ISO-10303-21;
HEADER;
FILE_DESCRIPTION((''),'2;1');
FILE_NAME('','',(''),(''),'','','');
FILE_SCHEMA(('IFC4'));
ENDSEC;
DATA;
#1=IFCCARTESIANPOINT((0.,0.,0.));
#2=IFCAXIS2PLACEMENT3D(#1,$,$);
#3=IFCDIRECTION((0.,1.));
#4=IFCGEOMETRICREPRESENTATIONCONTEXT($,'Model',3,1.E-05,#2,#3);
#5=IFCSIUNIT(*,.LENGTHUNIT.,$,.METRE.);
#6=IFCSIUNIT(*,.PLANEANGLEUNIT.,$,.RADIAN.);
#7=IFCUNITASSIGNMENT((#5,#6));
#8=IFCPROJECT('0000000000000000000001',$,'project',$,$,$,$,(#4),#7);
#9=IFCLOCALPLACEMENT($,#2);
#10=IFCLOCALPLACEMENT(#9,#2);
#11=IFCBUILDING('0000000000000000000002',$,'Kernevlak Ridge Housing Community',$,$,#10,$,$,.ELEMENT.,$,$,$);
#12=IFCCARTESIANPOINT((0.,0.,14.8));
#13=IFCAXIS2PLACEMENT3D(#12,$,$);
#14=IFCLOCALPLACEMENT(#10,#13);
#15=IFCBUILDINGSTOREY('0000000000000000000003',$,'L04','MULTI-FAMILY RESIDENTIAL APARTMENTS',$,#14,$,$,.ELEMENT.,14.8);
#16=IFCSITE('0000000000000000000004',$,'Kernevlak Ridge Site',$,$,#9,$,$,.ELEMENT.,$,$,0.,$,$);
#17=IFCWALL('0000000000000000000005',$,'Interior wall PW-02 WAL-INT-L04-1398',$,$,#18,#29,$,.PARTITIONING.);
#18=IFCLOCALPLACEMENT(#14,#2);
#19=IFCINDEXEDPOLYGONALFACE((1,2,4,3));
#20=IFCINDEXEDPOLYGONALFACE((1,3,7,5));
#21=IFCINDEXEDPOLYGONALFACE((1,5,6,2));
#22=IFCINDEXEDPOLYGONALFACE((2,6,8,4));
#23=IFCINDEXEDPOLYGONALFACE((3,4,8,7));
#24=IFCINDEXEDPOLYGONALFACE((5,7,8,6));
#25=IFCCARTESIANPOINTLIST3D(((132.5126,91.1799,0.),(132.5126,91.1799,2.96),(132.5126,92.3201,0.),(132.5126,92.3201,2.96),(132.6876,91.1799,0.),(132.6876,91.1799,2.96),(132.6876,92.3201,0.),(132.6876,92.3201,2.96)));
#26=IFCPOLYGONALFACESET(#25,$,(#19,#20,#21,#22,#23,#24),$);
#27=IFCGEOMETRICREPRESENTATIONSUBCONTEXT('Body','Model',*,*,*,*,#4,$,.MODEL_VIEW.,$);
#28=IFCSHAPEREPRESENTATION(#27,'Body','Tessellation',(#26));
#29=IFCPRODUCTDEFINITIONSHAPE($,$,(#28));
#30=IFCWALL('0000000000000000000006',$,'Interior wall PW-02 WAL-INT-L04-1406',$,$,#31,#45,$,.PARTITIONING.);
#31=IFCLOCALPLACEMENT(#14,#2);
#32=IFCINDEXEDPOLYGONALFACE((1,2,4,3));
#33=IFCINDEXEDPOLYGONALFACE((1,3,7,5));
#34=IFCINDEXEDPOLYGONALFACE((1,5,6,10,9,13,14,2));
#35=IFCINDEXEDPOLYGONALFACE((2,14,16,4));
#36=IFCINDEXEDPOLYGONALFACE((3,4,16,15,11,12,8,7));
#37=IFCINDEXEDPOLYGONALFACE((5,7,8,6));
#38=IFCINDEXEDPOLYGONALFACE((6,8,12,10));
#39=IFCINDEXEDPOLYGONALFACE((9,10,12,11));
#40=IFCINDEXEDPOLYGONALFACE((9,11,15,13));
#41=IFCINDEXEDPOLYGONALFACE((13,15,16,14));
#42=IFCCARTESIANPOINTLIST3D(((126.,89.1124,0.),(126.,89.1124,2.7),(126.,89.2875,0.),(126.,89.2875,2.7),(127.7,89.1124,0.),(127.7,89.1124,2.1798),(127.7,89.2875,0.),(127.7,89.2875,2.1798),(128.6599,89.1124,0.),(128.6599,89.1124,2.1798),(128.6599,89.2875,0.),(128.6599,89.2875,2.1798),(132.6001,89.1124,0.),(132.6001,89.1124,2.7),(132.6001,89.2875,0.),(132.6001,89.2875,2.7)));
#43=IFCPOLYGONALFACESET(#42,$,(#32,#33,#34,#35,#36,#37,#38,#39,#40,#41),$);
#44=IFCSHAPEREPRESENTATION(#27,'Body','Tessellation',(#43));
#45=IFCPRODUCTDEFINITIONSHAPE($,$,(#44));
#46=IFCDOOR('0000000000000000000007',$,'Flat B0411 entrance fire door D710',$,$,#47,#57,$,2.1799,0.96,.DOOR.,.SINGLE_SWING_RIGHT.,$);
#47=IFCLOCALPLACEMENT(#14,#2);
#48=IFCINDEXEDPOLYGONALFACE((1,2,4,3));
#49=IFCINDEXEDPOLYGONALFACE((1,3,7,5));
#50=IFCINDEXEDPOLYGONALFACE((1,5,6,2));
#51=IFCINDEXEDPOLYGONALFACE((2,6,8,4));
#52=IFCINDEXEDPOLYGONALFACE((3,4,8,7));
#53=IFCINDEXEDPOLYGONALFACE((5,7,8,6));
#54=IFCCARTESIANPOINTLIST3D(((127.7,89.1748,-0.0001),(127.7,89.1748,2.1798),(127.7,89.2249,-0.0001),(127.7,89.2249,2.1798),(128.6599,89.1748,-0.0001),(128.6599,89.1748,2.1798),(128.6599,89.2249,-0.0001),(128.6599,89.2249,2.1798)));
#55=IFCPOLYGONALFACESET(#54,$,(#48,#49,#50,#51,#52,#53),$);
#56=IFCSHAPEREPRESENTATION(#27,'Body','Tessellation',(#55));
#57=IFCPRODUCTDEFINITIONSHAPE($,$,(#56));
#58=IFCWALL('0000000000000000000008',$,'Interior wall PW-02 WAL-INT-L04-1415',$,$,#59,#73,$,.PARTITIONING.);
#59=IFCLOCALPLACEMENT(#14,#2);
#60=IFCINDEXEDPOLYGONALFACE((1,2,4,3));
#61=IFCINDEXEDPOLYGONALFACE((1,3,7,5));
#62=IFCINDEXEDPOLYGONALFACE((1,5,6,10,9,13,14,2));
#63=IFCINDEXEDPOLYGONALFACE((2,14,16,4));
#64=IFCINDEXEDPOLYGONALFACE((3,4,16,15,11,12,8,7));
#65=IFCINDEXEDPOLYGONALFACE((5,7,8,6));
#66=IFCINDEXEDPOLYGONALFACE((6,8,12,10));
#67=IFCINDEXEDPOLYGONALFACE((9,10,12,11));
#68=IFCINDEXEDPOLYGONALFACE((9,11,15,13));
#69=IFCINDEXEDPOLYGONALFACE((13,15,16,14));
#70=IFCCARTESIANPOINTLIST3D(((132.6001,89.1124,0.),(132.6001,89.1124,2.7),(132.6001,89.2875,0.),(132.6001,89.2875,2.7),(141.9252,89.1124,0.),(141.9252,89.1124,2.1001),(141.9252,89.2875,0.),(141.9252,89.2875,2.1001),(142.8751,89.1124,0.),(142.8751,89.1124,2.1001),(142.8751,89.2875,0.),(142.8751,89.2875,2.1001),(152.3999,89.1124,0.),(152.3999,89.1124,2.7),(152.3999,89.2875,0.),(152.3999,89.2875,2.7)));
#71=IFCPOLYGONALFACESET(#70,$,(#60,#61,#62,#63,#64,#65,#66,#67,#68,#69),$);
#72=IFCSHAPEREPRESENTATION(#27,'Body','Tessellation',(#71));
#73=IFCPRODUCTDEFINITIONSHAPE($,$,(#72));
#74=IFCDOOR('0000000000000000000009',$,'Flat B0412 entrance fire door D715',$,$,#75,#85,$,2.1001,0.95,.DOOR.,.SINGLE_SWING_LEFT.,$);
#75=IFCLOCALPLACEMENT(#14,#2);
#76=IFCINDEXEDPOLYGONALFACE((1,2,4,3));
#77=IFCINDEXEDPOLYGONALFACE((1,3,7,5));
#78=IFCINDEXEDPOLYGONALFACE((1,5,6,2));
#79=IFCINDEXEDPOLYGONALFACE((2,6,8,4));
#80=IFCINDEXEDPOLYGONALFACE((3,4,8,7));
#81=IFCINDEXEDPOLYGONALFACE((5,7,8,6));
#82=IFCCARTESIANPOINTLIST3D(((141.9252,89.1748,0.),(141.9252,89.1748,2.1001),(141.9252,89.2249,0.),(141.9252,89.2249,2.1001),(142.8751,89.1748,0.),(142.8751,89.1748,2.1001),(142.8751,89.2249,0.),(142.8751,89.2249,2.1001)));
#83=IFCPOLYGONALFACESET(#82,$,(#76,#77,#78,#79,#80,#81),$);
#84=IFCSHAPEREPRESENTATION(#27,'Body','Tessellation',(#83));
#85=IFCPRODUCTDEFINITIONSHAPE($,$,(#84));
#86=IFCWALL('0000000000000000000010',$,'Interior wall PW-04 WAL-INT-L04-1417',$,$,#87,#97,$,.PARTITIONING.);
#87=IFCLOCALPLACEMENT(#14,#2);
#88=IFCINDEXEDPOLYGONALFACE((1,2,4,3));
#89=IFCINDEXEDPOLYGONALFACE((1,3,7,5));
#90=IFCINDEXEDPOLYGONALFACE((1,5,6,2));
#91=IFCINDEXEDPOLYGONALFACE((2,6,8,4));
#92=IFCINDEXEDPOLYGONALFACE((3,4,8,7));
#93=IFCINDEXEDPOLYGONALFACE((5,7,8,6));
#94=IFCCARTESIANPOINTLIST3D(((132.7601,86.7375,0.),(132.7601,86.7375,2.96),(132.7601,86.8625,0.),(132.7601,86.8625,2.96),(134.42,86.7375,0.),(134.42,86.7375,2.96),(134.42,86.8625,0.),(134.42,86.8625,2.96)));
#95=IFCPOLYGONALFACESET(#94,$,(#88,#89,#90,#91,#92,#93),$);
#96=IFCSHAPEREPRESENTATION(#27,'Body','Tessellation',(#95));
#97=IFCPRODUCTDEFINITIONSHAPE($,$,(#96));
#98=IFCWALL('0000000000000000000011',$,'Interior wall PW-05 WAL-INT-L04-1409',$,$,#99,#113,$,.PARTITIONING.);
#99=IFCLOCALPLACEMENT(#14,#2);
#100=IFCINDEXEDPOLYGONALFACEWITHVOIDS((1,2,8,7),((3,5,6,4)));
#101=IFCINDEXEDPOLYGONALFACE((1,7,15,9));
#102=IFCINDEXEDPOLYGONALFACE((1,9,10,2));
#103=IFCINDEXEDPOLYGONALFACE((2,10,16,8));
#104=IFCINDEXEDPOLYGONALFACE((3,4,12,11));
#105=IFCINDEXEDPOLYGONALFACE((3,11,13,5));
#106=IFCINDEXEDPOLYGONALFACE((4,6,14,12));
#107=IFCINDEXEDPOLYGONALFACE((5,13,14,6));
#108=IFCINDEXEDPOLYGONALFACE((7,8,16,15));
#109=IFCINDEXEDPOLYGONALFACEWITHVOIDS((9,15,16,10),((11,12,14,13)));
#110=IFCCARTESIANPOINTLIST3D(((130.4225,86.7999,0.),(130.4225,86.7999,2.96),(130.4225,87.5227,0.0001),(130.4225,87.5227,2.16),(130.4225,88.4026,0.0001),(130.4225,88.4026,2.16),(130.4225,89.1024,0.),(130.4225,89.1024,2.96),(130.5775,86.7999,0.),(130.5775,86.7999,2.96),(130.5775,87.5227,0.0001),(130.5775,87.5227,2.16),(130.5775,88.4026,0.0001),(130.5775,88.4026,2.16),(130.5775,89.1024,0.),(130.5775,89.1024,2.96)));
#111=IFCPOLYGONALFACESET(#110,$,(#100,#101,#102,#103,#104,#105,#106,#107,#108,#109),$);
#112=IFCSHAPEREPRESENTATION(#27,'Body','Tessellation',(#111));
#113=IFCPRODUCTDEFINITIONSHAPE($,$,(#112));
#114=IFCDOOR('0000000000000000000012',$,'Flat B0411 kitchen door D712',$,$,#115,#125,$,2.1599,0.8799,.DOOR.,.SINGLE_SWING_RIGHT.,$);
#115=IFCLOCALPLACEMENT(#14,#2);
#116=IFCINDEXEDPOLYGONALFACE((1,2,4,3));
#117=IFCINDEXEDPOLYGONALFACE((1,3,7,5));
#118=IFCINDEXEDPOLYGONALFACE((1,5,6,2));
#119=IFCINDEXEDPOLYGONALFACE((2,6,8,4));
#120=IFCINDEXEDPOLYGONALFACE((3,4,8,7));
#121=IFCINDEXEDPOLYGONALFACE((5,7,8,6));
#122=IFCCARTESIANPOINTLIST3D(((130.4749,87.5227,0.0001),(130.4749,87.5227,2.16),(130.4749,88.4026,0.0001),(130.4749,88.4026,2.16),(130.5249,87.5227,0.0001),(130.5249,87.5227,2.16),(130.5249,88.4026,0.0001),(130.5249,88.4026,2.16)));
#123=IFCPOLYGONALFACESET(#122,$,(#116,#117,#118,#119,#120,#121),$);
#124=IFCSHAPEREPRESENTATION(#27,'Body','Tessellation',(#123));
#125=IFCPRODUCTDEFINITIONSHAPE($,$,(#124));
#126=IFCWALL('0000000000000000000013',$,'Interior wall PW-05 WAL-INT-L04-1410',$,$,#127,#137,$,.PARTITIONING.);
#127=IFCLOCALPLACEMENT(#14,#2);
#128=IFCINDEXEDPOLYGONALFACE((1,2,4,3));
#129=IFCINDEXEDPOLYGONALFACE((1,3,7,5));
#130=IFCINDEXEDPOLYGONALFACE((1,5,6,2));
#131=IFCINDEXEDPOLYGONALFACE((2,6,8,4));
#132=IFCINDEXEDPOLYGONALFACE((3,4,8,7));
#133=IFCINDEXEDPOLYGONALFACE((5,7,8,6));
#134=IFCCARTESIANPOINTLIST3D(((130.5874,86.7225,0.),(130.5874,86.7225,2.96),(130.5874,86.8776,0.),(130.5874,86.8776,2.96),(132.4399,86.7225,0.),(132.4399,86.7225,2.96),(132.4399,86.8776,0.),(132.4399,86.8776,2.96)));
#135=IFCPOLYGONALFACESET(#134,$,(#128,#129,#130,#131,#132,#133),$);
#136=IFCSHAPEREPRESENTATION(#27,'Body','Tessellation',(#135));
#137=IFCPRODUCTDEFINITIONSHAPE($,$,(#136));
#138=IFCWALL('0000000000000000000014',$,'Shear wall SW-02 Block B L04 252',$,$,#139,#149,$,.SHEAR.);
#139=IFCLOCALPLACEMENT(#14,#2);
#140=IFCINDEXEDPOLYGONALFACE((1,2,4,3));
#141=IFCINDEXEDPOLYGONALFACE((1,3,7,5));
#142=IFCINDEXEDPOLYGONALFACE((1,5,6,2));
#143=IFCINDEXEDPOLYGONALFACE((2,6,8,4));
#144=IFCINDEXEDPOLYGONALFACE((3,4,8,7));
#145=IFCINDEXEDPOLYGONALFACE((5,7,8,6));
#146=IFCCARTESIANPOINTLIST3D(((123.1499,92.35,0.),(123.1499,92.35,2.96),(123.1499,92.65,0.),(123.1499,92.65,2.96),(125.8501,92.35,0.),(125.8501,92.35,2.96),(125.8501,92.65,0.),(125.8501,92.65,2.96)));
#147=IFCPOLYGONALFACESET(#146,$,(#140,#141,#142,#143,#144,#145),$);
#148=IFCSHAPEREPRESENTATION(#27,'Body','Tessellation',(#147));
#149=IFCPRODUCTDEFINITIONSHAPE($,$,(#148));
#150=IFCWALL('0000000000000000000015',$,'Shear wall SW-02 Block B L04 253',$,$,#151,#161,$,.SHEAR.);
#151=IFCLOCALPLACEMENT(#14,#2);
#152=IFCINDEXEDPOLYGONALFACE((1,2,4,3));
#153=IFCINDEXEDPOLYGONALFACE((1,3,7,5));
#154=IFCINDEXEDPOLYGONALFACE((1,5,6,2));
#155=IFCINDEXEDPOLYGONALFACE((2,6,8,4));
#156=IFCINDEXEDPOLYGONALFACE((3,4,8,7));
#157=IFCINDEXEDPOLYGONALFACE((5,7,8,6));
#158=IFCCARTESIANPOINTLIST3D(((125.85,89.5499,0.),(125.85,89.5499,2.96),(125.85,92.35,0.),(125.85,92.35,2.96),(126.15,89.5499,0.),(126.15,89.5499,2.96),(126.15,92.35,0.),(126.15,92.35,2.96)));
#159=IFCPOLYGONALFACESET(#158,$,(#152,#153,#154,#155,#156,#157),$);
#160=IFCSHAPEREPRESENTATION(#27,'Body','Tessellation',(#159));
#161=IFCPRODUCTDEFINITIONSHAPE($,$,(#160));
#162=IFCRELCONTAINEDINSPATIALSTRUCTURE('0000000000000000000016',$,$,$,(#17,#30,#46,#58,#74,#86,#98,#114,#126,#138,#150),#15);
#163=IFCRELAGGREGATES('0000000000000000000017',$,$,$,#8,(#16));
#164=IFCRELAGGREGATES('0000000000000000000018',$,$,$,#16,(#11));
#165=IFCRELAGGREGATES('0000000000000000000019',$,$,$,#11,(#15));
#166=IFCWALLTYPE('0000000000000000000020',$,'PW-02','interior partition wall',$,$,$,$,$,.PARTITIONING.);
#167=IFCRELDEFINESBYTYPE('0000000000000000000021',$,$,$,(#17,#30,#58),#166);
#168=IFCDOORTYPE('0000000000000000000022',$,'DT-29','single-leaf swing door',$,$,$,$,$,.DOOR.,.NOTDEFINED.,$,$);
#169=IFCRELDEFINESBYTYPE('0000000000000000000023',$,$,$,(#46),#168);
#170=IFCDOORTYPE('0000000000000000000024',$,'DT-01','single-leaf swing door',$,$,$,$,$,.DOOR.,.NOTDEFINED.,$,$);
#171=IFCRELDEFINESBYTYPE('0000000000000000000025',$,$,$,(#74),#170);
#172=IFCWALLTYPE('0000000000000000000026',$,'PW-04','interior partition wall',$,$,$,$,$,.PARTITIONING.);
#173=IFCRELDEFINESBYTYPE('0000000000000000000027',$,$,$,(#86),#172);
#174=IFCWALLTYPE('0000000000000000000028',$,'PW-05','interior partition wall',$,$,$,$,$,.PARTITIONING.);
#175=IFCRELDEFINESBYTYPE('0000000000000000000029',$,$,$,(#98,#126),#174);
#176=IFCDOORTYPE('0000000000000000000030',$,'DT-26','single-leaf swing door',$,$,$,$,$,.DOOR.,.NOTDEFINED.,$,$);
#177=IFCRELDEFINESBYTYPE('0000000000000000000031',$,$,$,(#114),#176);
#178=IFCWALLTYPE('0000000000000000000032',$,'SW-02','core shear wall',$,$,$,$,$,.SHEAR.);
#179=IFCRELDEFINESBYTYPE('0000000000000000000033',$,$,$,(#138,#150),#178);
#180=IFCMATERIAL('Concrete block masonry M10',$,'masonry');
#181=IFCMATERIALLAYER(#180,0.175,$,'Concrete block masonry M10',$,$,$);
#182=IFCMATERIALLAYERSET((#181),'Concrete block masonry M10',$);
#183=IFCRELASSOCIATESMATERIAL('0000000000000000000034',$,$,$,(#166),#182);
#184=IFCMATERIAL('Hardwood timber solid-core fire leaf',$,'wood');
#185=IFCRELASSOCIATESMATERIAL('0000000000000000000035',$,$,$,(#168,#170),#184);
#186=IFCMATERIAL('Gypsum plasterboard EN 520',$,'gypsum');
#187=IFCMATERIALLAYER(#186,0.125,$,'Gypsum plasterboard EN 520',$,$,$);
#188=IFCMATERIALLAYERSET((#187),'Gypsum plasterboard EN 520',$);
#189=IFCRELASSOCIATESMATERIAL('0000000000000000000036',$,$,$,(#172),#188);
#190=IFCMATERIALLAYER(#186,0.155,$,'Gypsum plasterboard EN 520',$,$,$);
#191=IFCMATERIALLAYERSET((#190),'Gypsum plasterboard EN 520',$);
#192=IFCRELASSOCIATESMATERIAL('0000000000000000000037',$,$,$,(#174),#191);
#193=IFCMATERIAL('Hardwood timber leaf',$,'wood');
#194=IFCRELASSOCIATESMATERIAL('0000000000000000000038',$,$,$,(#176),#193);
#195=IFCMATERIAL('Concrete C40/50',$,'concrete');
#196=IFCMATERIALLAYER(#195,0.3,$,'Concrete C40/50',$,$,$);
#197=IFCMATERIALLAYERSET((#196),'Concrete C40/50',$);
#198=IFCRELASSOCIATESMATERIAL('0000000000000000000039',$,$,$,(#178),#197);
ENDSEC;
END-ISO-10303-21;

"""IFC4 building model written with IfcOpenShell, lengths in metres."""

from ifc_helpers import new_model, si_unit, direction, frame, frame_2d, origin, place, context, subcontext, project, spatial, rectangle, extrude, material, layer, layer_set, type_object, element, fill, save


model = new_model("IFC4")

# Units and contexts
model_context = context("Model", 3, precision=1e-05, world=origin(), true_north=direction((0.0, 1.0)))
body_context = subcontext(model_context, "Body", "Model", "MODEL_VIEW")
ifc_project = project(units=[si_unit("LENGTHUNIT", "METRE"), si_unit("PLANEANGLEUNIT", "RADIAN")], contexts=[model_context])

# Site, building, storey
site_placement = place(None, origin())
site = spatial("IfcSite", under=ifc_project, at=site_placement, Name="Kernevlak Ridge Site", CompositionType="ELEMENT", RefElevation=0.0)
building_placement = place(site_placement, origin())
building = spatial("IfcBuilding", under=site, at=building_placement, Name="Kernevlak Ridge Housing Community", CompositionType="ELEMENT")
storey_placement = place(building_placement, frame((0.0, 0.0, 14.8)))
storey = spatial("IfcBuildingStorey", under=building, at=storey_placement, Name="L04", Description="MULTI-FAMILY RESIDENTIAL APARTMENTS", CompositionType="ELEMENT", Elevation=14.8)

# Shared definitions
ifc_material_1 = material(Name="Concrete C40/50", Category="concrete")

# Shared definitions
ifc_material_2 = material(Name="Concrete block masonry M10", Category="masonry")
ifc_layer_1 = layer(ifc_material_2, 0.175, Name="Concrete block masonry M10")
ifc_layer_set_1 = layer_set([ifc_layer_1], Name="Concrete block masonry M10")
wall_type_1 = type_object("IfcWallType", Name="PW-02", Description="interior partition wall", PredefinedType="PARTITIONING", material=ifc_layer_set_1)

# Wall
wall_1_placement = place(storey_placement, frame((132.6001, 91.1799, 0.0), z_axis=(0.0, 0.0, 1.0), x_axis=(0.0, 1.0, 0.0)))
element("IfcWall", 1, at=wall_1_placement, inside=storey, type_object=wall_type_1, Name="Interior wall PW-02 WAL-INT-L04-1398", PredefinedType="PARTITIONING", context=body_context, shape_type="SweptSolid", body=[
    extrude(rectangle(XDim=1.1401, YDim=0.175, at=frame_2d((0.5701, 0.0))), origin(), (0.0, 0.0, 1.0), 2.96),
])

# Walls, openings, doors
wall_2_placement = place(storey_placement, frame((126.0, 89.2, 0.0), z_axis=(0.0, 0.0, 1.0), x_axis=(1.0, 0.0, 0.0)))
wall_2 = element("IfcWall", 2, at=wall_2_placement, inside=storey, type_object=wall_type_1, Name="Interior wall PW-02 WAL-INT-L04-1406", PredefinedType="PARTITIONING", context=body_context, shape_type="SweptSolid", body=[
    extrude(rectangle(XDim=6.6001, YDim=0.175, at=frame_2d((3.3, 0.0))), origin(), (0.0, 0.0, 1.0), 2.7),
])
opening_1_placement = place(wall_2_placement, frame((1.7, 0.0, 0.0)))
opening_1 = element("IfcOpeningElement", 3, at=opening_1_placement, cuts=wall_2, PredefinedType="OPENING", context=body_context, shape_type="SweptSolid", body=[
    extrude(rectangle(XDim=0.96, YDim=2.1799, at=frame_2d((0.48, 1.0898))), frame((0.0, 0.0974, 0.0), z_axis=(0.0, -1.0, 0.0), x_axis=(1.0, 0.0, 0.0)), (0.0, 0.0, 1.0), 0.1951),
])
ifc_material_3 = material(Name="Hardwood timber solid-core fire leaf", Category="wood")
door_type_1 = type_object("IfcDoorType", Name="DT-29", Description="single-leaf swing door", OperationType="NOTDEFINED", PredefinedType="DOOR", material=ifc_material_3)
door_1_placement = place(opening_1_placement, origin())
door_1 = element("IfcDoor", 4, at=door_1_placement, inside=storey, type_object=door_type_1, Name="Flat B0411 entrance fire door D710", OperationType="SINGLE_SWING_RIGHT", OverallHeight=2.1799, OverallWidth=0.96, PredefinedType="DOOR", context=body_context, shape_type="SweptSolid", body=[
    extrude(rectangle(XDim=0.96, YDim=2.1799, at=frame_2d((0.48, 1.0898))), frame((0.0, 0.0249, 0.0), z_axis=(0.0, -1.0, 0.0), x_axis=(1.0, 0.0, 0.0)), (0.0, 0.0, 1.0), 0.05),
])
fill(opening_1, door_1)
wall_3_placement = place(storey_placement, frame((132.6001, 89.2, 0.0), z_axis=(0.0, 0.0, 1.0), x_axis=(1.0, 0.0, 0.0)))
wall_3 = element("IfcWall", 5, at=wall_3_placement, inside=storey, type_object=wall_type_1, Name="Interior wall PW-02 WAL-INT-L04-1415", PredefinedType="PARTITIONING", context=body_context, shape_type="SweptSolid", body=[
    extrude(rectangle(XDim=19.7998, YDim=0.175, at=frame_2d((9.8999, 0.0))), origin(), (0.0, 0.0, 1.0), 2.7),
])
opening_2_placement = place(wall_3_placement, frame((9.325, 0.0, 0.0)))
opening_2 = element("IfcOpeningElement", 6, at=opening_2_placement, cuts=wall_3, PredefinedType="OPENING", context=body_context, shape_type="SweptSolid", body=[
    extrude(rectangle(XDim=0.95, YDim=2.1001, at=frame_2d((0.4751, 1.05))), frame((0.0, 0.0974, 0.0), z_axis=(0.0, -1.0, 0.0), x_axis=(1.0, 0.0, 0.0)), (0.0, 0.0, 1.0), 0.1951),
])
door_type_2 = type_object("IfcDoorType", Name="DT-01", Description="single-leaf swing door", OperationType="NOTDEFINED", PredefinedType="DOOR", material=ifc_material_3)
door_2_placement = place(opening_2_placement, origin())
door_2 = element("IfcDoor", 7, at=door_2_placement, inside=storey, type_object=door_type_2, Name="Flat B0412 entrance fire door D715", OperationType="SINGLE_SWING_LEFT", OverallHeight=2.1001, OverallWidth=0.95, PredefinedType="DOOR", context=body_context, shape_type="SweptSolid", body=[
    extrude(rectangle(XDim=0.95, YDim=2.1001, at=frame_2d((0.4751, 1.05))), frame((0.0, 0.0249, 0.0), z_axis=(0.0, -1.0, 0.0), x_axis=(1.0, 0.0, 0.0)), (0.0, 0.0, 1.0), 0.05),
])
fill(opening_2, door_2)

# Wall
ifc_material_4 = material(Name="Gypsum plasterboard EN 520", Category="gypsum")
ifc_layer_2 = layer(ifc_material_4, 0.125, Name="Gypsum plasterboard EN 520")
ifc_layer_set_2 = layer_set([ifc_layer_2], Name="Gypsum plasterboard EN 520")
wall_type_2 = type_object("IfcWallType", Name="PW-04", Description="interior partition wall", PredefinedType="PARTITIONING", material=ifc_layer_set_2)
wall_4_placement = place(storey_placement, frame((132.76, 86.8, 0.0), z_axis=(0.0, 0.0, 1.0), x_axis=(1.0, 0.0, 0.0)))
element("IfcWall", 8, at=wall_4_placement, inside=storey, type_object=wall_type_2, Name="Interior wall PW-04 WAL-INT-L04-1417", PredefinedType="PARTITIONING", context=body_context, shape_type="SweptSolid", body=[
    extrude(rectangle(XDim=1.6599, YDim=0.125, at=frame_2d((0.8301, 0.0))), origin(), (0.0, 0.0, 1.0), 2.96),
])

# Wall, opening, door
ifc_layer_3 = layer(ifc_material_4, 0.155, Name="Gypsum plasterboard EN 520")
ifc_layer_set_3 = layer_set([ifc_layer_3], Name="Gypsum plasterboard EN 520")
wall_type_3 = type_object("IfcWallType", Name="PW-05", Description="interior partition wall", PredefinedType="PARTITIONING", material=ifc_layer_set_3)
wall_5_placement = place(storey_placement, frame((130.5, 89.1025, 0.0), z_axis=(0.0, 0.0, 1.0), x_axis=(0.0, -1.0, 0.0)))
wall_5 = element("IfcWall", 9, at=wall_5_placement, inside=storey, type_object=wall_type_3, Name="Interior wall PW-05 WAL-INT-L04-1409", PredefinedType="PARTITIONING", context=body_context, shape_type="SweptSolid", body=[
    extrude(rectangle(XDim=2.3025, YDim=0.155, at=frame_2d((1.1514, 0.0))), origin(), (0.0, 0.0, 1.0), 2.96),
])
opening_3_placement = place(wall_5_placement, frame((0.7, 0.0, 0.0)))
opening_3 = element("IfcOpeningElement", 10, at=opening_3_placement, cuts=wall_5, PredefinedType="OPENING", context=body_context, shape_type="SweptSolid", body=[
    extrude(rectangle(XDim=0.8799, YDim=2.1599, at=frame_2d((0.4399, 1.0801))), frame((0.0, 0.0874, 0.0), z_axis=(0.0, -1.0, 0.0), x_axis=(1.0, 0.0, 0.0)), (0.0, 0.0, 1.0), 0.175),
])
ifc_material_5 = material(Name="Hardwood timber leaf", Category="wood")
door_type_3 = type_object("IfcDoorType", Name="DT-26", Description="single-leaf swing door", OperationType="NOTDEFINED", PredefinedType="DOOR", material=ifc_material_5)
door_3_placement = place(opening_3_placement, origin())
door_3 = element("IfcDoor", 11, at=door_3_placement, inside=storey, type_object=door_type_3, Name="Flat B0411 kitchen door D712", OperationType="SINGLE_SWING_RIGHT", OverallHeight=2.1599, OverallWidth=0.8799, PredefinedType="DOOR", context=body_context, shape_type="SweptSolid", body=[
    extrude(rectangle(XDim=0.8799, YDim=2.1599, at=frame_2d((0.4399, 1.0801))), frame((0.0, 0.0249, 0.0), z_axis=(0.0, -1.0, 0.0), x_axis=(1.0, 0.0, 0.0)), (0.0, 0.0, 1.0), 0.05),
])
fill(opening_3, door_3)

# Walls
wall_6_placement = place(storey_placement, frame((130.5874, 86.8, 0.0), z_axis=(0.0, 0.0, 1.0), x_axis=(1.0, 0.0, 0.0)))
element("IfcWall", 12, at=wall_6_placement, inside=storey, type_object=wall_type_3, Name="Interior wall PW-05 WAL-INT-L04-1410", PredefinedType="PARTITIONING", context=body_context, shape_type="SweptSolid", body=[
    extrude(rectangle(XDim=1.8525, YDim=0.155, at=frame_2d((0.9263, 0.0))), origin(), (0.0, 0.0, 1.0), 2.96),
])
ifc_layer_4 = layer(ifc_material_1, 0.3, Name="Concrete C40/50")
ifc_layer_set_4 = layer_set([ifc_layer_4], Name="Concrete C40/50")
wall_type_4 = type_object("IfcWallType", Name="SW-02", Description="core shear wall", PredefinedType="SHEAR", material=ifc_layer_set_4)
wall_7_placement = place(storey_placement, frame((123.1499, 92.5, 0.0), z_axis=(0.0, 0.0, 1.0), x_axis=(1.0, 0.0, 0.0)))
element("IfcWall", 13, at=wall_7_placement, inside=storey, type_object=wall_type_4, Name="Shear wall SW-02 Block B L04 252", PredefinedType="SHEAR", context=body_context, shape_type="SweptSolid", body=[
    extrude(rectangle(XDim=2.7002, YDim=0.3, at=frame_2d((1.3501, 0.0))), origin(), (0.0, 0.0, 1.0), 2.96),
])
wall_8_placement = place(storey_placement, frame((126.0, 89.55, 0.0), z_axis=(0.0, 0.0, 1.0), x_axis=(0.0, 1.0, 0.0)))
element("IfcWall", 14, at=wall_8_placement, inside=storey, type_object=wall_type_4, Name="Shear wall SW-02 Block B L04 253", PredefinedType="SHEAR", context=body_context, shape_type="SweptSolid", body=[
    extrude(rectangle(XDim=2.8, YDim=0.3, at=frame_2d((1.3999, 0.0))), origin(), (0.0, 0.0, 1.0), 2.96),
])

save(model, "model.ifc")
